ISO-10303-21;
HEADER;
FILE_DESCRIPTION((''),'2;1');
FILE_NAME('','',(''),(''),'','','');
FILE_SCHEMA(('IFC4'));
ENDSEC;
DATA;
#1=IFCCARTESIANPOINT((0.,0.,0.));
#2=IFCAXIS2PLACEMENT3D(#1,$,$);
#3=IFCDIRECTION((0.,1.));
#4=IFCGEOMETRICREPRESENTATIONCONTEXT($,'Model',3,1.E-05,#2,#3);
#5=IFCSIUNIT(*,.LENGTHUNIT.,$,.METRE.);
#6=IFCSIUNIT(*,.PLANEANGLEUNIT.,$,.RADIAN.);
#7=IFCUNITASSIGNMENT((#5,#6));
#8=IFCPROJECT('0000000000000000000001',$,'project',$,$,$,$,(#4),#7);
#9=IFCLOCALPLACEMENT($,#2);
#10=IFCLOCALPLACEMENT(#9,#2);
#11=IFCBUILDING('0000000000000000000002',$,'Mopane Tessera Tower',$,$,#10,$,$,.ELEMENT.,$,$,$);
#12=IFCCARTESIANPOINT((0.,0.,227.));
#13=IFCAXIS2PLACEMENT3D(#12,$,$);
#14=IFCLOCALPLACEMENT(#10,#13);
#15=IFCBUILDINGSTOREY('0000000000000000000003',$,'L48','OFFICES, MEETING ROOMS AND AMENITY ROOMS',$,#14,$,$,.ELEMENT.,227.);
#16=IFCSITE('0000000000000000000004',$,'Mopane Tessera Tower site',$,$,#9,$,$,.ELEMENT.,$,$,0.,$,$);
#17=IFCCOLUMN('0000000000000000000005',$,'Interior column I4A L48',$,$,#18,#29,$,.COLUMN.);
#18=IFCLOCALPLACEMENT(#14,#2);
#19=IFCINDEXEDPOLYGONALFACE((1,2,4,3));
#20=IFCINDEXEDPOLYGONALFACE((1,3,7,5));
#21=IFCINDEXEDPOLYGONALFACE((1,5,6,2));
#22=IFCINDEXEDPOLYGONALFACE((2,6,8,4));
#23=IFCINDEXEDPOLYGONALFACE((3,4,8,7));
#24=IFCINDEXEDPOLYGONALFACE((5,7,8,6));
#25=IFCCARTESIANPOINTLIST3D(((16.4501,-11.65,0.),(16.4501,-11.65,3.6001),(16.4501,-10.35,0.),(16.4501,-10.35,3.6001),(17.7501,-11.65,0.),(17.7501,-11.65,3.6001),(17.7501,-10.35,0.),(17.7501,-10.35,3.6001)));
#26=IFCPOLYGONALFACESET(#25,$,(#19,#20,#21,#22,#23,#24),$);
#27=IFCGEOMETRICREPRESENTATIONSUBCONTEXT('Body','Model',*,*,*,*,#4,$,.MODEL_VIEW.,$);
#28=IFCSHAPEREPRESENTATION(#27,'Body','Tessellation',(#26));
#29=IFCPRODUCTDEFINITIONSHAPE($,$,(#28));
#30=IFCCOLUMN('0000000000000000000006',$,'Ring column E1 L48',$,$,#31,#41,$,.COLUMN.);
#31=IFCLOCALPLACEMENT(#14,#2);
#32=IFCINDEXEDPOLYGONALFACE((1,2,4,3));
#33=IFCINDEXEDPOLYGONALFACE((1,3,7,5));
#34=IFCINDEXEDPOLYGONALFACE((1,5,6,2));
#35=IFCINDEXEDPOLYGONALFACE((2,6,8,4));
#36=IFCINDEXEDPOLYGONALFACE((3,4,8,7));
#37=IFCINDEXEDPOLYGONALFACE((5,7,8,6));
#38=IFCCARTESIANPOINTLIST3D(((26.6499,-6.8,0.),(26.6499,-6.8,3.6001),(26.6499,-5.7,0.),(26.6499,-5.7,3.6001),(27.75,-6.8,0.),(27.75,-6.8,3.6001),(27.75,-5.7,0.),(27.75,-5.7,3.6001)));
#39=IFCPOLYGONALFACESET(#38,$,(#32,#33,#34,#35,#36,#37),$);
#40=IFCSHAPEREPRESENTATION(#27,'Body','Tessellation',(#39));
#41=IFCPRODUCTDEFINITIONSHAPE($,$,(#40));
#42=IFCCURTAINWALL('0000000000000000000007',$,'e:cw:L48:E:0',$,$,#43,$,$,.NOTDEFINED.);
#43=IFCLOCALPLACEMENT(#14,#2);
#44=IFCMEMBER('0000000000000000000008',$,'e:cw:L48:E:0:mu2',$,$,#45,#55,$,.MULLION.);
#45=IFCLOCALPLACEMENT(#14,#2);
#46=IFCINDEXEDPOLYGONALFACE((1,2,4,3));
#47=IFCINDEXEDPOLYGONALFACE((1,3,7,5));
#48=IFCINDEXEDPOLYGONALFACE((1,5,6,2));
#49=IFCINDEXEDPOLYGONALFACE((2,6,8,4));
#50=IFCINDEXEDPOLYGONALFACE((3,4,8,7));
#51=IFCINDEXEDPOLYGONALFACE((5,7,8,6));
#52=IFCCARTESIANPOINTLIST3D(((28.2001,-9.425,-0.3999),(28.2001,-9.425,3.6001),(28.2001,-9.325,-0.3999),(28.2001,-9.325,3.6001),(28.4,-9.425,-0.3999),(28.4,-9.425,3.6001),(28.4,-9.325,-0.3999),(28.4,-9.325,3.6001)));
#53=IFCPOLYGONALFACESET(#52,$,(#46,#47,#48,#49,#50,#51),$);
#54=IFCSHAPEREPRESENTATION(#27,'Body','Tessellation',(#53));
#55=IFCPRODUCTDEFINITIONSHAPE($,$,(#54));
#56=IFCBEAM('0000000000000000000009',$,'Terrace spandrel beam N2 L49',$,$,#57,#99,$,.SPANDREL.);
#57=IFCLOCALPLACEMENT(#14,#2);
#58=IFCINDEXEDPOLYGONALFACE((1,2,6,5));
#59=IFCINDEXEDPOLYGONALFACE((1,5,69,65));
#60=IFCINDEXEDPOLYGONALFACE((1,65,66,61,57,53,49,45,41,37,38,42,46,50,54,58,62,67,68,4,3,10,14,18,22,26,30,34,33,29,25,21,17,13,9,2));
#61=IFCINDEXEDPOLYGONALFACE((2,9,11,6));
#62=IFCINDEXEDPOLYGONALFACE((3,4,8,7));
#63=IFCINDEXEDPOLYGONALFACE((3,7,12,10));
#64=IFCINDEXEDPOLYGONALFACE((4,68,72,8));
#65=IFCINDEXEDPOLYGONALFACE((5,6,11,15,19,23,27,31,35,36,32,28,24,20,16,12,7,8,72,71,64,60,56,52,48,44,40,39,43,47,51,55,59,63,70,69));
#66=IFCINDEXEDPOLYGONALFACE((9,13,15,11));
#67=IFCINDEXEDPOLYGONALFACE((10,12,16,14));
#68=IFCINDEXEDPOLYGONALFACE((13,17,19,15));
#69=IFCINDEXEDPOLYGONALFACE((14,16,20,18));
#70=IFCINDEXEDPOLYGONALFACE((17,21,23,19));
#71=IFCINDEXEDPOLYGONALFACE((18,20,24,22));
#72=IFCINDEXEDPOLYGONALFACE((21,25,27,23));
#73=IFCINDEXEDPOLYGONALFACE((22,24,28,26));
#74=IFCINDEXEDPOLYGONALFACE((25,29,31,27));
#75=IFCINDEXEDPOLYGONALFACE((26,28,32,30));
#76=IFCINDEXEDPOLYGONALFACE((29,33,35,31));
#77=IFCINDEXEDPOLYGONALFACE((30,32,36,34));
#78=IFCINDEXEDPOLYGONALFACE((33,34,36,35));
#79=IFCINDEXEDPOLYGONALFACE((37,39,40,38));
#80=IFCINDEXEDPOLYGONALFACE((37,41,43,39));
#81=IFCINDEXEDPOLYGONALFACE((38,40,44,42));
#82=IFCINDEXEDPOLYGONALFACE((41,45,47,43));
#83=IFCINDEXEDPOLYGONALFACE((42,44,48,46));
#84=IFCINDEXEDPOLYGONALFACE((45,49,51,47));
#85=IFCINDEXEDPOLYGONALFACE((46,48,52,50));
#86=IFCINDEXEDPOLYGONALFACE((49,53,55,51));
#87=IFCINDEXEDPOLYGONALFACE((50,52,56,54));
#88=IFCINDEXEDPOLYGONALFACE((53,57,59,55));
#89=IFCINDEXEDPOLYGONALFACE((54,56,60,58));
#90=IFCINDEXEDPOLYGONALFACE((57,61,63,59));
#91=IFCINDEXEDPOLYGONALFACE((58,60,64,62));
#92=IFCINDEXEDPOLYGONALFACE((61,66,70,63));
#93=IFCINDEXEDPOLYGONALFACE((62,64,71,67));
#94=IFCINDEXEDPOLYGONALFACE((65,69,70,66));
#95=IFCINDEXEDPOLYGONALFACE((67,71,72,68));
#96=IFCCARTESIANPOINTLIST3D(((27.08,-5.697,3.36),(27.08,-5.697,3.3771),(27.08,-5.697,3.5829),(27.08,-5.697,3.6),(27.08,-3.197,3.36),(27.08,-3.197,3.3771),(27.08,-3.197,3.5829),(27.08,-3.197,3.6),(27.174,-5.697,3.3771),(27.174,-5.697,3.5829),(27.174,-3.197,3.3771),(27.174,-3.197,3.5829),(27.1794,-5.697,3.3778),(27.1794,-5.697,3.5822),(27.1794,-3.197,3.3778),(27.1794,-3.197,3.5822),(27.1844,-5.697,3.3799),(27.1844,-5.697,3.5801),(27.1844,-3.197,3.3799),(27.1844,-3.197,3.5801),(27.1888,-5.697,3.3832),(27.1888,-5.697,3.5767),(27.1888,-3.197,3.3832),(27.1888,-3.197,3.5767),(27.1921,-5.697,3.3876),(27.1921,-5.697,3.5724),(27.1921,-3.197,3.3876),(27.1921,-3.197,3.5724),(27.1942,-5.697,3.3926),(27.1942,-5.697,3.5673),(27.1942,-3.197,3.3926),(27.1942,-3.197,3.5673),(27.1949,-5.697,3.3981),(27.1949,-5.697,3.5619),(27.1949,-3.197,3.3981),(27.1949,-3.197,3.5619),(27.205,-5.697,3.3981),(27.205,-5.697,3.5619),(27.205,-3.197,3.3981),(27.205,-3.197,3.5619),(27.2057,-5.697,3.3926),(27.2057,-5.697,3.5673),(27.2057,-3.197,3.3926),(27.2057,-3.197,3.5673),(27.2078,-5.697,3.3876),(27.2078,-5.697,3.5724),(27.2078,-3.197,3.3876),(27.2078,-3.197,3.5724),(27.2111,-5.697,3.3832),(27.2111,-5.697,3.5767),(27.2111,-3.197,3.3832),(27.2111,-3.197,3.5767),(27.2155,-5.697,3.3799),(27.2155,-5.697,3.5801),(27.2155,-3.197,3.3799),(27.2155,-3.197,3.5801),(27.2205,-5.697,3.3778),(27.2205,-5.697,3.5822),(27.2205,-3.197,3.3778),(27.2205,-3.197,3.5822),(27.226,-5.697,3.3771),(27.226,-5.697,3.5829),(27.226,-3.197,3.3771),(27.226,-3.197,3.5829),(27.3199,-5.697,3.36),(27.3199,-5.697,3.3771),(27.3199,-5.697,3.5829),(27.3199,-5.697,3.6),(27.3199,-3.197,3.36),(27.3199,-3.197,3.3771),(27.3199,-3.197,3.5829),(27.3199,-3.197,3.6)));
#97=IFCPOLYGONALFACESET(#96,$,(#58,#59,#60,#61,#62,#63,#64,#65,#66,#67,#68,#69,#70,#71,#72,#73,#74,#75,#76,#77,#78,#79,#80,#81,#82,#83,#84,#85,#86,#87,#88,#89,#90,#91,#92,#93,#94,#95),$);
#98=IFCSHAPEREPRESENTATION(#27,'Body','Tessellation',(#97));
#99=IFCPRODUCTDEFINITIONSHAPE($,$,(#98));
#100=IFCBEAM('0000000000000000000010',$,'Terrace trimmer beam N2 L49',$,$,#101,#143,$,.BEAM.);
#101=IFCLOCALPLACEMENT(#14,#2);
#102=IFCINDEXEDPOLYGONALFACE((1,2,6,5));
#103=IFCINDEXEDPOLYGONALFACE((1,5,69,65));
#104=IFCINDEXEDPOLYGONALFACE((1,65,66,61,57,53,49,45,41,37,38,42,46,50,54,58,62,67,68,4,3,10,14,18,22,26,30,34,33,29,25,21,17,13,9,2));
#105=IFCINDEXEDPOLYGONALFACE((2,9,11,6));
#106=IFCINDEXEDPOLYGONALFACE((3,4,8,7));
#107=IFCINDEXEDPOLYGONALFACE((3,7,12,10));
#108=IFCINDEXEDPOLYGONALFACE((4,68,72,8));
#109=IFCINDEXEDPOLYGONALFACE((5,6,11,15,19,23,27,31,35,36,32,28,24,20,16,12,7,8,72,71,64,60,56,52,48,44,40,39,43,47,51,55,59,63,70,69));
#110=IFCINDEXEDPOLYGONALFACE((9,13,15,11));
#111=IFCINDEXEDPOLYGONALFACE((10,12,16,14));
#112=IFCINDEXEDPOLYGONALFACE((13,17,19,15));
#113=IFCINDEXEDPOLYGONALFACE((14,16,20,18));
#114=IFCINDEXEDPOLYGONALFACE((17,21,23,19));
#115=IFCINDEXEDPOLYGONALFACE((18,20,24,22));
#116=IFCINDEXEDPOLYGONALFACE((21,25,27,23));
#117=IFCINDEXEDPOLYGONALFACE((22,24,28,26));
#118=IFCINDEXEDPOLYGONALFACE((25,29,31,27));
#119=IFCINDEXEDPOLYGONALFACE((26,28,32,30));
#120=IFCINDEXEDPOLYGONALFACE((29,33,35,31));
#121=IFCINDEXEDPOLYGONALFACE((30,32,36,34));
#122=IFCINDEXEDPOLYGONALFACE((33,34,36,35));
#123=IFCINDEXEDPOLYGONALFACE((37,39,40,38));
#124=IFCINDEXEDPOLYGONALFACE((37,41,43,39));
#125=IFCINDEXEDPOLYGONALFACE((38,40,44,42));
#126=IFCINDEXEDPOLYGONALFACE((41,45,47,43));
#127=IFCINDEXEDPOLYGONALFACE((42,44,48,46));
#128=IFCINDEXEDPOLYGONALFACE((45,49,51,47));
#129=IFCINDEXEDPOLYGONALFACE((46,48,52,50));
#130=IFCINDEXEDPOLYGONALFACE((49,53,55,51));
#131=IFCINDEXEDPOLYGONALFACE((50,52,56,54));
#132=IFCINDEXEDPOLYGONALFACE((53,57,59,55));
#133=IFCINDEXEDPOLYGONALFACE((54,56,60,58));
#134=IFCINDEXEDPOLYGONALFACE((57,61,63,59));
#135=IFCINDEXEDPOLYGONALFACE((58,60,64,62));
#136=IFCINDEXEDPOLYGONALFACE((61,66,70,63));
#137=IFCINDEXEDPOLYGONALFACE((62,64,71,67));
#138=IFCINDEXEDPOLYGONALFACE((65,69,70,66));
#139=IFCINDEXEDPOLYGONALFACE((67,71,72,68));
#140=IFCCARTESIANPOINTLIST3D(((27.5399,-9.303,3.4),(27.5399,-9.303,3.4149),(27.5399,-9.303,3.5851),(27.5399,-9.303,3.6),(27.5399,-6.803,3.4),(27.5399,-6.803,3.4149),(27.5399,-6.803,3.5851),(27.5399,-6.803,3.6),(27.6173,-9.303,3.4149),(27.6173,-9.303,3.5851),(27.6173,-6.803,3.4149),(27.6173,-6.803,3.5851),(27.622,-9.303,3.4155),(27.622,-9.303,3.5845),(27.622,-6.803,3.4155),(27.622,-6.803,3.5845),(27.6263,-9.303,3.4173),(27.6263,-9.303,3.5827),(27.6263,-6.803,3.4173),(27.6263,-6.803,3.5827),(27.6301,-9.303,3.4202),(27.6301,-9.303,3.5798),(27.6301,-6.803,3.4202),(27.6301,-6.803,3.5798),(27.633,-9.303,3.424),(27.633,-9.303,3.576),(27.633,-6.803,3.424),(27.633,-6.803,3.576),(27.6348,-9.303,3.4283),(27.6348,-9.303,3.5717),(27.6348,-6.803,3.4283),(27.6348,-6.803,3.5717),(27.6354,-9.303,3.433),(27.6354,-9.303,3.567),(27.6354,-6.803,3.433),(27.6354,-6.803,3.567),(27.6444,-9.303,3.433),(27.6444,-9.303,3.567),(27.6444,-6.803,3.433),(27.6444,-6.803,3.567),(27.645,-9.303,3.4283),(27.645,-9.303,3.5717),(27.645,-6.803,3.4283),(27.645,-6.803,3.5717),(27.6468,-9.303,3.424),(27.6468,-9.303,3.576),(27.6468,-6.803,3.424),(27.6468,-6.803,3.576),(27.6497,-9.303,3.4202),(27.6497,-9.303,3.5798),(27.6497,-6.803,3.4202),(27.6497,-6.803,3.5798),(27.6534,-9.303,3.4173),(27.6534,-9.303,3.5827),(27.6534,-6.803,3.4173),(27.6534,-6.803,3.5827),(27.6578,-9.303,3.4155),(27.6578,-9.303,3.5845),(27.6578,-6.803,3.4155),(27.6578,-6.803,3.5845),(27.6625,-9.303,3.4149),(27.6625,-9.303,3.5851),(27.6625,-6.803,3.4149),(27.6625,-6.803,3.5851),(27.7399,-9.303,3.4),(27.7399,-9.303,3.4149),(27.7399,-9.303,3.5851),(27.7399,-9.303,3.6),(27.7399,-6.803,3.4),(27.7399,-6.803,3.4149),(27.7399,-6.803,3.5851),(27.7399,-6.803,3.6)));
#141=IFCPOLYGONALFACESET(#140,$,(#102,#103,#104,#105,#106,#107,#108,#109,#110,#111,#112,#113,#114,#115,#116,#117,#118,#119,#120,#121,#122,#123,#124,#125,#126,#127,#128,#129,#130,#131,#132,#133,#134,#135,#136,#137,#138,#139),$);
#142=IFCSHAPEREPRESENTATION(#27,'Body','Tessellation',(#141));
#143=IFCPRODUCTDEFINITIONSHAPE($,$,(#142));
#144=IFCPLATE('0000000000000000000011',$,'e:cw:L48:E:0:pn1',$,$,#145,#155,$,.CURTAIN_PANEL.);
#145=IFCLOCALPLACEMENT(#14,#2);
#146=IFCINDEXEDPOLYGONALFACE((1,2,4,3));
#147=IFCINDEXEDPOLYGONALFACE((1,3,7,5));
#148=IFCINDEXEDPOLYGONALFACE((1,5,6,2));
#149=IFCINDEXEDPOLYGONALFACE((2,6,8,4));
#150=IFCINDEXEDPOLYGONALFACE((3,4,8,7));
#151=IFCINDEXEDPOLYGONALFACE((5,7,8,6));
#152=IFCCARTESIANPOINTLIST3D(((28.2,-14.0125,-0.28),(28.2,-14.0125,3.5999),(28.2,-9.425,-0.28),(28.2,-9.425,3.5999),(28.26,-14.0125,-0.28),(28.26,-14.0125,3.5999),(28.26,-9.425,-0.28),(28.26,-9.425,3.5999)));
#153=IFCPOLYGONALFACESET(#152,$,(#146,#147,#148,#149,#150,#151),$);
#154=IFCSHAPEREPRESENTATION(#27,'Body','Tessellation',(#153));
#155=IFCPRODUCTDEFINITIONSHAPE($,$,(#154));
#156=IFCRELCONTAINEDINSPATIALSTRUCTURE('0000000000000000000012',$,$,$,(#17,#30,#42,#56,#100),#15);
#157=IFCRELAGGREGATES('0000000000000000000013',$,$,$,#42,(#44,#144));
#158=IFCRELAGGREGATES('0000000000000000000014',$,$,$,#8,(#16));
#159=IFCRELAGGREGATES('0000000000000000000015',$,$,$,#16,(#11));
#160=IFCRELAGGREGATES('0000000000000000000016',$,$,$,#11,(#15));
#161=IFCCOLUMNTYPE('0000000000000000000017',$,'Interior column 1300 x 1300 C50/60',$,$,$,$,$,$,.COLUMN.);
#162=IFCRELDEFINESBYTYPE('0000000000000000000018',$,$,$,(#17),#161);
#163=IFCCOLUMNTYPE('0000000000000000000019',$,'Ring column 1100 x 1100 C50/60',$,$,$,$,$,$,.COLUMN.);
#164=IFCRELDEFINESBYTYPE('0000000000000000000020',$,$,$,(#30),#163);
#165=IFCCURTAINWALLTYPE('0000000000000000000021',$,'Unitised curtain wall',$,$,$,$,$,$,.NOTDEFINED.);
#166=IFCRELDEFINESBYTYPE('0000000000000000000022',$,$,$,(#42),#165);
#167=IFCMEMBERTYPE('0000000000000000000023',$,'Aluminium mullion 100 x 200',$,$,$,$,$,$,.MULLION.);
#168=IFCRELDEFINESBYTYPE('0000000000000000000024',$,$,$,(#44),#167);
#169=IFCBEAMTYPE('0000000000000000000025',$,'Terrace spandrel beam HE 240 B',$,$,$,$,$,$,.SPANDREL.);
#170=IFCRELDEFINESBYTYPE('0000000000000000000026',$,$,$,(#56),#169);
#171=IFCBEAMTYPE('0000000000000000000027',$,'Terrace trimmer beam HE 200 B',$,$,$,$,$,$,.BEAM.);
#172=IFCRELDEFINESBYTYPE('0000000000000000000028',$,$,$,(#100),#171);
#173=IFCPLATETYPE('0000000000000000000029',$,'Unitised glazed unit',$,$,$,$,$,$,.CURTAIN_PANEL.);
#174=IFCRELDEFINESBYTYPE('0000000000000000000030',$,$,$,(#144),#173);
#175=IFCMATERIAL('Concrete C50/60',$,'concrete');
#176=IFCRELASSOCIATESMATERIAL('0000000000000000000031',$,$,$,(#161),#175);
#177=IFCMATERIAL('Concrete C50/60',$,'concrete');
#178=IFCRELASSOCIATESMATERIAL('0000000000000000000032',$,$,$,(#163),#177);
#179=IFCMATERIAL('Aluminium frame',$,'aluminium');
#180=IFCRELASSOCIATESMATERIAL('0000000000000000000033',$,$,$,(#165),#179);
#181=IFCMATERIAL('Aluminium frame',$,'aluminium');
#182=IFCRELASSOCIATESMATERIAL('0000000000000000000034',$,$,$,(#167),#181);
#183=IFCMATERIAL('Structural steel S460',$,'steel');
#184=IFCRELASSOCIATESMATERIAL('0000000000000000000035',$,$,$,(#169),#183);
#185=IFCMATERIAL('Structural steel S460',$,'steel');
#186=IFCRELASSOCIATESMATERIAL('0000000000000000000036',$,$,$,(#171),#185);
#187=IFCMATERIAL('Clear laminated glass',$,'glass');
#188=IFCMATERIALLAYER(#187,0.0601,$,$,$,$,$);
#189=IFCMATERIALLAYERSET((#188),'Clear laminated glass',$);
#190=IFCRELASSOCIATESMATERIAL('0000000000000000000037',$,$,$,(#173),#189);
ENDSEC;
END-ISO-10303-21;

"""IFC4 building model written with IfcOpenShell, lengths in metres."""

from ifc_helpers import new_model, si_unit, direction, frame, origin, origin_2d, place, context, subcontext, project, spatial, rectangle, i_section, extrude, material, layer, layer_set, material_profile, profile_set, type_object, element, aggregate, save


model = new_model("IFC4")

# Units and contexts
model_context = context("Model", 3, precision=1e-05, world=origin(), true_north=direction((0.0, 1.0)))
body_context = subcontext(model_context, "Body", "Model", "MODEL_VIEW")
ifc_project = project(units=[si_unit("LENGTHUNIT", "METRE"), si_unit("PLANEANGLEUNIT", "RADIAN")], contexts=[model_context])

# Site, building, storey
site_placement = place(None, origin())
site = spatial("IfcSite", under=ifc_project, at=site_placement, Name="Mopane Tessera Tower site", CompositionType="ELEMENT", RefElevation=0.0)
building_placement = place(site_placement, origin())
building = spatial("IfcBuilding", under=site, at=building_placement, Name="Mopane Tessera Tower", CompositionType="ELEMENT")
storey_placement = place(building_placement, frame((0.0, 0.0, 227.0)))
storey = spatial("IfcBuildingStorey", under=building, at=storey_placement, Name="L48", Description="OFFICES, MEETING ROOMS AND AMENITY ROOMS", CompositionType="ELEMENT", Elevation=227.0)

# Columns
ifc_material_1 = material(Name="Concrete C50/60", Category="concrete")
ifc_material_profile_1 = material_profile(ifc_material_1, rectangle(XDim=1.3, YDim=1.3, at=origin_2d()))
ifc_profile_set_1 = profile_set([ifc_material_profile_1], Name="Concrete C50/60")
column_type_1 = type_object("IfcColumnType", Name="Interior column 1300 x 1300 C50/60", PredefinedType="COLUMN", material=ifc_profile_set_1)
column_1_placement = place(storey_placement, frame((17.1001, -11.0, 0.0), z_axis=(0.0, 0.0, 1.0), x_axis=(1.0, 0.0, 0.0)))
element("IfcColumn", 1, at=column_1_placement, inside=storey, type_object=column_type_1, Name="Interior column I4A L48", PredefinedType="COLUMN", context=body_context, shape_type="SweptSolid", body=[
    extrude(rectangle(XDim=1.3, YDim=1.3, at=origin_2d()), origin(), (0.0, 0.0, 1.0), 3.6001),
])
ifc_material_2 = material(Name="Concrete C50/60", Category="concrete")
ifc_material_profile_2 = material_profile(ifc_material_2, rectangle(XDim=1.1001, YDim=1.1001, at=origin_2d()))
ifc_profile_set_2 = profile_set([ifc_material_profile_2], Name="Concrete C50/60")
column_type_2 = type_object("IfcColumnType", Name="Ring column 1100 x 1100 C50/60", PredefinedType="COLUMN", material=ifc_profile_set_2)
column_2_placement = place(storey_placement, frame((27.2, -6.25, 0.0), z_axis=(0.0, 0.0, 1.0), x_axis=(1.0, 0.0, 0.0)))
element("IfcColumn", 2, at=column_2_placement, inside=storey, type_object=column_type_2, Name="Ring column E1 L48", PredefinedType="COLUMN", context=body_context, shape_type="SweptSolid", body=[
    extrude(rectangle(XDim=1.1001, YDim=1.1001, at=origin_2d()), origin(), (0.0, 0.0, 1.0), 3.6001),
])

# Curtain wall, member
ifc_material_3 = material(Name="Aluminium frame", Category="aluminium")
curtain_wall_type = type_object("IfcCurtainWallType", Name="Unitised curtain wall", PredefinedType="NOTDEFINED", material=ifc_material_3)
curtain_wall_placement = place(storey_placement, origin())
curtain_wall = element("IfcCurtainWall", 3, at=curtain_wall_placement, inside=storey, type_object=curtain_wall_type, Name="e:cw:L48:E:0", PredefinedType="NOTDEFINED")
ifc_material_4 = material(Name="Aluminium frame", Category="aluminium")
ifc_material_profile_3 = material_profile(ifc_material_4, rectangle(XDim=0.1001, YDim=0.2, at=origin_2d()))
ifc_profile_set_3 = profile_set([ifc_material_profile_3], Name="Aluminium frame")
member_type = type_object("IfcMemberType", Name="Aluminium mullion 100 x 200", PredefinedType="MULLION", material=ifc_profile_set_3)
member_placement = place(storey_placement, frame((28.3, -9.375, -0.3999), z_axis=(0.0, 0.0, 1.0), x_axis=(0.0, 1.0, 0.0)))
member = element("IfcMember", 4, at=member_placement, type_object=member_type, Name="e:cw:L48:E:0:mu2", PredefinedType="MULLION", context=body_context, shape_type="SweptSolid", body=[
    extrude(rectangle(XDim=0.1001, YDim=0.2, at=origin_2d()), origin(), (0.0, 0.0, 1.0), 4.0),
])

# Beams
ifc_material_5 = material(Name="Structural steel S460", Category="steel")
ifc_material_profile_4 = material_profile(ifc_material_5, i_section(OverallWidth=0.24, OverallDepth=0.24, WebThickness=0.01, FlangeThickness=0.0171, FilletRadius=0.021, at=origin_2d()))
ifc_profile_set_4 = profile_set([ifc_material_profile_4], Name="Structural steel S460")
beam_type_1 = type_object("IfcBeamType", Name="Terrace spandrel beam HE 240 B", PredefinedType="SPANDREL", material=ifc_profile_set_4)
beam_1_placement = place(storey_placement, frame((27.2, -5.697, 3.48), z_axis=(0.0, 1.0, 0.0), x_axis=(-1.0, 0.0, 0.0)))
element("IfcBeam", 5, at=beam_1_placement, inside=storey, type_object=beam_type_1, Name="Terrace spandrel beam N2 L49", PredefinedType="SPANDREL", context=body_context, shape_type="SweptSolid", body=[
    extrude(i_section(OverallWidth=0.24, OverallDepth=0.24, WebThickness=0.01, FlangeThickness=0.0171, FilletRadius=0.021, at=origin_2d()), origin(), (0.0, 0.0, 1.0), 2.5),
])
ifc_material_6 = material(Name="Structural steel S460", Category="steel")
ifc_material_profile_5 = material_profile(ifc_material_6, i_section(OverallWidth=0.2, OverallDepth=0.2, WebThickness=0.009, FlangeThickness=0.0149, FilletRadius=0.0181, at=origin_2d()))
ifc_profile_set_5 = profile_set([ifc_material_profile_5], Name="Structural steel S460")
beam_type_2 = type_object("IfcBeamType", Name="Terrace trimmer beam HE 200 B", PredefinedType="BEAM", material=ifc_profile_set_5)
beam_2_placement = place(storey_placement, frame((27.6399, -6.803, 3.5), z_axis=(0.0, -1.0, 0.0), x_axis=(1.0, 0.0, 0.0)))
element("IfcBeam", 6, at=beam_2_placement, inside=storey, type_object=beam_type_2, Name="Terrace trimmer beam N2 L49", PredefinedType="BEAM", context=body_context, shape_type="SweptSolid", body=[
    extrude(i_section(OverallWidth=0.2, OverallDepth=0.2, WebThickness=0.009, FlangeThickness=0.0149, FilletRadius=0.0181, at=origin_2d()), origin(), (0.0, 0.0, 1.0), 2.5),
])

# Plate
ifc_material_7 = material(Name="Clear laminated glass", Category="glass")
ifc_layer_1 = layer(ifc_material_7, 0.0601)
ifc_layer_set_1 = layer_set([ifc_layer_1], Name="Clear laminated glass")
plate_type = type_object("IfcPlateType", Name="Unitised glazed unit", PredefinedType="CURTAIN_PANEL", material=ifc_layer_set_1)
plate_placement = place(storey_placement, frame((28.23, -11.7188, -0.28), z_axis=(0.0, 0.0, 1.0), x_axis=(0.0, 1.0, 0.0)))
plate = element("IfcPlate", 7, at=plate_placement, type_object=plate_type, Name="e:cw:L48:E:0:pn1", PredefinedType="CURTAIN_PANEL", context=body_context, shape_type="SweptSolid", body=[
    extrude(rectangle(XDim=4.5874, YDim=0.0601, at=origin_2d()), origin(), (0.0, 0.0, 1.0), 3.8799),
])
aggregate(curtain_wall, [member, plate])

save(model, "model.ifc")
